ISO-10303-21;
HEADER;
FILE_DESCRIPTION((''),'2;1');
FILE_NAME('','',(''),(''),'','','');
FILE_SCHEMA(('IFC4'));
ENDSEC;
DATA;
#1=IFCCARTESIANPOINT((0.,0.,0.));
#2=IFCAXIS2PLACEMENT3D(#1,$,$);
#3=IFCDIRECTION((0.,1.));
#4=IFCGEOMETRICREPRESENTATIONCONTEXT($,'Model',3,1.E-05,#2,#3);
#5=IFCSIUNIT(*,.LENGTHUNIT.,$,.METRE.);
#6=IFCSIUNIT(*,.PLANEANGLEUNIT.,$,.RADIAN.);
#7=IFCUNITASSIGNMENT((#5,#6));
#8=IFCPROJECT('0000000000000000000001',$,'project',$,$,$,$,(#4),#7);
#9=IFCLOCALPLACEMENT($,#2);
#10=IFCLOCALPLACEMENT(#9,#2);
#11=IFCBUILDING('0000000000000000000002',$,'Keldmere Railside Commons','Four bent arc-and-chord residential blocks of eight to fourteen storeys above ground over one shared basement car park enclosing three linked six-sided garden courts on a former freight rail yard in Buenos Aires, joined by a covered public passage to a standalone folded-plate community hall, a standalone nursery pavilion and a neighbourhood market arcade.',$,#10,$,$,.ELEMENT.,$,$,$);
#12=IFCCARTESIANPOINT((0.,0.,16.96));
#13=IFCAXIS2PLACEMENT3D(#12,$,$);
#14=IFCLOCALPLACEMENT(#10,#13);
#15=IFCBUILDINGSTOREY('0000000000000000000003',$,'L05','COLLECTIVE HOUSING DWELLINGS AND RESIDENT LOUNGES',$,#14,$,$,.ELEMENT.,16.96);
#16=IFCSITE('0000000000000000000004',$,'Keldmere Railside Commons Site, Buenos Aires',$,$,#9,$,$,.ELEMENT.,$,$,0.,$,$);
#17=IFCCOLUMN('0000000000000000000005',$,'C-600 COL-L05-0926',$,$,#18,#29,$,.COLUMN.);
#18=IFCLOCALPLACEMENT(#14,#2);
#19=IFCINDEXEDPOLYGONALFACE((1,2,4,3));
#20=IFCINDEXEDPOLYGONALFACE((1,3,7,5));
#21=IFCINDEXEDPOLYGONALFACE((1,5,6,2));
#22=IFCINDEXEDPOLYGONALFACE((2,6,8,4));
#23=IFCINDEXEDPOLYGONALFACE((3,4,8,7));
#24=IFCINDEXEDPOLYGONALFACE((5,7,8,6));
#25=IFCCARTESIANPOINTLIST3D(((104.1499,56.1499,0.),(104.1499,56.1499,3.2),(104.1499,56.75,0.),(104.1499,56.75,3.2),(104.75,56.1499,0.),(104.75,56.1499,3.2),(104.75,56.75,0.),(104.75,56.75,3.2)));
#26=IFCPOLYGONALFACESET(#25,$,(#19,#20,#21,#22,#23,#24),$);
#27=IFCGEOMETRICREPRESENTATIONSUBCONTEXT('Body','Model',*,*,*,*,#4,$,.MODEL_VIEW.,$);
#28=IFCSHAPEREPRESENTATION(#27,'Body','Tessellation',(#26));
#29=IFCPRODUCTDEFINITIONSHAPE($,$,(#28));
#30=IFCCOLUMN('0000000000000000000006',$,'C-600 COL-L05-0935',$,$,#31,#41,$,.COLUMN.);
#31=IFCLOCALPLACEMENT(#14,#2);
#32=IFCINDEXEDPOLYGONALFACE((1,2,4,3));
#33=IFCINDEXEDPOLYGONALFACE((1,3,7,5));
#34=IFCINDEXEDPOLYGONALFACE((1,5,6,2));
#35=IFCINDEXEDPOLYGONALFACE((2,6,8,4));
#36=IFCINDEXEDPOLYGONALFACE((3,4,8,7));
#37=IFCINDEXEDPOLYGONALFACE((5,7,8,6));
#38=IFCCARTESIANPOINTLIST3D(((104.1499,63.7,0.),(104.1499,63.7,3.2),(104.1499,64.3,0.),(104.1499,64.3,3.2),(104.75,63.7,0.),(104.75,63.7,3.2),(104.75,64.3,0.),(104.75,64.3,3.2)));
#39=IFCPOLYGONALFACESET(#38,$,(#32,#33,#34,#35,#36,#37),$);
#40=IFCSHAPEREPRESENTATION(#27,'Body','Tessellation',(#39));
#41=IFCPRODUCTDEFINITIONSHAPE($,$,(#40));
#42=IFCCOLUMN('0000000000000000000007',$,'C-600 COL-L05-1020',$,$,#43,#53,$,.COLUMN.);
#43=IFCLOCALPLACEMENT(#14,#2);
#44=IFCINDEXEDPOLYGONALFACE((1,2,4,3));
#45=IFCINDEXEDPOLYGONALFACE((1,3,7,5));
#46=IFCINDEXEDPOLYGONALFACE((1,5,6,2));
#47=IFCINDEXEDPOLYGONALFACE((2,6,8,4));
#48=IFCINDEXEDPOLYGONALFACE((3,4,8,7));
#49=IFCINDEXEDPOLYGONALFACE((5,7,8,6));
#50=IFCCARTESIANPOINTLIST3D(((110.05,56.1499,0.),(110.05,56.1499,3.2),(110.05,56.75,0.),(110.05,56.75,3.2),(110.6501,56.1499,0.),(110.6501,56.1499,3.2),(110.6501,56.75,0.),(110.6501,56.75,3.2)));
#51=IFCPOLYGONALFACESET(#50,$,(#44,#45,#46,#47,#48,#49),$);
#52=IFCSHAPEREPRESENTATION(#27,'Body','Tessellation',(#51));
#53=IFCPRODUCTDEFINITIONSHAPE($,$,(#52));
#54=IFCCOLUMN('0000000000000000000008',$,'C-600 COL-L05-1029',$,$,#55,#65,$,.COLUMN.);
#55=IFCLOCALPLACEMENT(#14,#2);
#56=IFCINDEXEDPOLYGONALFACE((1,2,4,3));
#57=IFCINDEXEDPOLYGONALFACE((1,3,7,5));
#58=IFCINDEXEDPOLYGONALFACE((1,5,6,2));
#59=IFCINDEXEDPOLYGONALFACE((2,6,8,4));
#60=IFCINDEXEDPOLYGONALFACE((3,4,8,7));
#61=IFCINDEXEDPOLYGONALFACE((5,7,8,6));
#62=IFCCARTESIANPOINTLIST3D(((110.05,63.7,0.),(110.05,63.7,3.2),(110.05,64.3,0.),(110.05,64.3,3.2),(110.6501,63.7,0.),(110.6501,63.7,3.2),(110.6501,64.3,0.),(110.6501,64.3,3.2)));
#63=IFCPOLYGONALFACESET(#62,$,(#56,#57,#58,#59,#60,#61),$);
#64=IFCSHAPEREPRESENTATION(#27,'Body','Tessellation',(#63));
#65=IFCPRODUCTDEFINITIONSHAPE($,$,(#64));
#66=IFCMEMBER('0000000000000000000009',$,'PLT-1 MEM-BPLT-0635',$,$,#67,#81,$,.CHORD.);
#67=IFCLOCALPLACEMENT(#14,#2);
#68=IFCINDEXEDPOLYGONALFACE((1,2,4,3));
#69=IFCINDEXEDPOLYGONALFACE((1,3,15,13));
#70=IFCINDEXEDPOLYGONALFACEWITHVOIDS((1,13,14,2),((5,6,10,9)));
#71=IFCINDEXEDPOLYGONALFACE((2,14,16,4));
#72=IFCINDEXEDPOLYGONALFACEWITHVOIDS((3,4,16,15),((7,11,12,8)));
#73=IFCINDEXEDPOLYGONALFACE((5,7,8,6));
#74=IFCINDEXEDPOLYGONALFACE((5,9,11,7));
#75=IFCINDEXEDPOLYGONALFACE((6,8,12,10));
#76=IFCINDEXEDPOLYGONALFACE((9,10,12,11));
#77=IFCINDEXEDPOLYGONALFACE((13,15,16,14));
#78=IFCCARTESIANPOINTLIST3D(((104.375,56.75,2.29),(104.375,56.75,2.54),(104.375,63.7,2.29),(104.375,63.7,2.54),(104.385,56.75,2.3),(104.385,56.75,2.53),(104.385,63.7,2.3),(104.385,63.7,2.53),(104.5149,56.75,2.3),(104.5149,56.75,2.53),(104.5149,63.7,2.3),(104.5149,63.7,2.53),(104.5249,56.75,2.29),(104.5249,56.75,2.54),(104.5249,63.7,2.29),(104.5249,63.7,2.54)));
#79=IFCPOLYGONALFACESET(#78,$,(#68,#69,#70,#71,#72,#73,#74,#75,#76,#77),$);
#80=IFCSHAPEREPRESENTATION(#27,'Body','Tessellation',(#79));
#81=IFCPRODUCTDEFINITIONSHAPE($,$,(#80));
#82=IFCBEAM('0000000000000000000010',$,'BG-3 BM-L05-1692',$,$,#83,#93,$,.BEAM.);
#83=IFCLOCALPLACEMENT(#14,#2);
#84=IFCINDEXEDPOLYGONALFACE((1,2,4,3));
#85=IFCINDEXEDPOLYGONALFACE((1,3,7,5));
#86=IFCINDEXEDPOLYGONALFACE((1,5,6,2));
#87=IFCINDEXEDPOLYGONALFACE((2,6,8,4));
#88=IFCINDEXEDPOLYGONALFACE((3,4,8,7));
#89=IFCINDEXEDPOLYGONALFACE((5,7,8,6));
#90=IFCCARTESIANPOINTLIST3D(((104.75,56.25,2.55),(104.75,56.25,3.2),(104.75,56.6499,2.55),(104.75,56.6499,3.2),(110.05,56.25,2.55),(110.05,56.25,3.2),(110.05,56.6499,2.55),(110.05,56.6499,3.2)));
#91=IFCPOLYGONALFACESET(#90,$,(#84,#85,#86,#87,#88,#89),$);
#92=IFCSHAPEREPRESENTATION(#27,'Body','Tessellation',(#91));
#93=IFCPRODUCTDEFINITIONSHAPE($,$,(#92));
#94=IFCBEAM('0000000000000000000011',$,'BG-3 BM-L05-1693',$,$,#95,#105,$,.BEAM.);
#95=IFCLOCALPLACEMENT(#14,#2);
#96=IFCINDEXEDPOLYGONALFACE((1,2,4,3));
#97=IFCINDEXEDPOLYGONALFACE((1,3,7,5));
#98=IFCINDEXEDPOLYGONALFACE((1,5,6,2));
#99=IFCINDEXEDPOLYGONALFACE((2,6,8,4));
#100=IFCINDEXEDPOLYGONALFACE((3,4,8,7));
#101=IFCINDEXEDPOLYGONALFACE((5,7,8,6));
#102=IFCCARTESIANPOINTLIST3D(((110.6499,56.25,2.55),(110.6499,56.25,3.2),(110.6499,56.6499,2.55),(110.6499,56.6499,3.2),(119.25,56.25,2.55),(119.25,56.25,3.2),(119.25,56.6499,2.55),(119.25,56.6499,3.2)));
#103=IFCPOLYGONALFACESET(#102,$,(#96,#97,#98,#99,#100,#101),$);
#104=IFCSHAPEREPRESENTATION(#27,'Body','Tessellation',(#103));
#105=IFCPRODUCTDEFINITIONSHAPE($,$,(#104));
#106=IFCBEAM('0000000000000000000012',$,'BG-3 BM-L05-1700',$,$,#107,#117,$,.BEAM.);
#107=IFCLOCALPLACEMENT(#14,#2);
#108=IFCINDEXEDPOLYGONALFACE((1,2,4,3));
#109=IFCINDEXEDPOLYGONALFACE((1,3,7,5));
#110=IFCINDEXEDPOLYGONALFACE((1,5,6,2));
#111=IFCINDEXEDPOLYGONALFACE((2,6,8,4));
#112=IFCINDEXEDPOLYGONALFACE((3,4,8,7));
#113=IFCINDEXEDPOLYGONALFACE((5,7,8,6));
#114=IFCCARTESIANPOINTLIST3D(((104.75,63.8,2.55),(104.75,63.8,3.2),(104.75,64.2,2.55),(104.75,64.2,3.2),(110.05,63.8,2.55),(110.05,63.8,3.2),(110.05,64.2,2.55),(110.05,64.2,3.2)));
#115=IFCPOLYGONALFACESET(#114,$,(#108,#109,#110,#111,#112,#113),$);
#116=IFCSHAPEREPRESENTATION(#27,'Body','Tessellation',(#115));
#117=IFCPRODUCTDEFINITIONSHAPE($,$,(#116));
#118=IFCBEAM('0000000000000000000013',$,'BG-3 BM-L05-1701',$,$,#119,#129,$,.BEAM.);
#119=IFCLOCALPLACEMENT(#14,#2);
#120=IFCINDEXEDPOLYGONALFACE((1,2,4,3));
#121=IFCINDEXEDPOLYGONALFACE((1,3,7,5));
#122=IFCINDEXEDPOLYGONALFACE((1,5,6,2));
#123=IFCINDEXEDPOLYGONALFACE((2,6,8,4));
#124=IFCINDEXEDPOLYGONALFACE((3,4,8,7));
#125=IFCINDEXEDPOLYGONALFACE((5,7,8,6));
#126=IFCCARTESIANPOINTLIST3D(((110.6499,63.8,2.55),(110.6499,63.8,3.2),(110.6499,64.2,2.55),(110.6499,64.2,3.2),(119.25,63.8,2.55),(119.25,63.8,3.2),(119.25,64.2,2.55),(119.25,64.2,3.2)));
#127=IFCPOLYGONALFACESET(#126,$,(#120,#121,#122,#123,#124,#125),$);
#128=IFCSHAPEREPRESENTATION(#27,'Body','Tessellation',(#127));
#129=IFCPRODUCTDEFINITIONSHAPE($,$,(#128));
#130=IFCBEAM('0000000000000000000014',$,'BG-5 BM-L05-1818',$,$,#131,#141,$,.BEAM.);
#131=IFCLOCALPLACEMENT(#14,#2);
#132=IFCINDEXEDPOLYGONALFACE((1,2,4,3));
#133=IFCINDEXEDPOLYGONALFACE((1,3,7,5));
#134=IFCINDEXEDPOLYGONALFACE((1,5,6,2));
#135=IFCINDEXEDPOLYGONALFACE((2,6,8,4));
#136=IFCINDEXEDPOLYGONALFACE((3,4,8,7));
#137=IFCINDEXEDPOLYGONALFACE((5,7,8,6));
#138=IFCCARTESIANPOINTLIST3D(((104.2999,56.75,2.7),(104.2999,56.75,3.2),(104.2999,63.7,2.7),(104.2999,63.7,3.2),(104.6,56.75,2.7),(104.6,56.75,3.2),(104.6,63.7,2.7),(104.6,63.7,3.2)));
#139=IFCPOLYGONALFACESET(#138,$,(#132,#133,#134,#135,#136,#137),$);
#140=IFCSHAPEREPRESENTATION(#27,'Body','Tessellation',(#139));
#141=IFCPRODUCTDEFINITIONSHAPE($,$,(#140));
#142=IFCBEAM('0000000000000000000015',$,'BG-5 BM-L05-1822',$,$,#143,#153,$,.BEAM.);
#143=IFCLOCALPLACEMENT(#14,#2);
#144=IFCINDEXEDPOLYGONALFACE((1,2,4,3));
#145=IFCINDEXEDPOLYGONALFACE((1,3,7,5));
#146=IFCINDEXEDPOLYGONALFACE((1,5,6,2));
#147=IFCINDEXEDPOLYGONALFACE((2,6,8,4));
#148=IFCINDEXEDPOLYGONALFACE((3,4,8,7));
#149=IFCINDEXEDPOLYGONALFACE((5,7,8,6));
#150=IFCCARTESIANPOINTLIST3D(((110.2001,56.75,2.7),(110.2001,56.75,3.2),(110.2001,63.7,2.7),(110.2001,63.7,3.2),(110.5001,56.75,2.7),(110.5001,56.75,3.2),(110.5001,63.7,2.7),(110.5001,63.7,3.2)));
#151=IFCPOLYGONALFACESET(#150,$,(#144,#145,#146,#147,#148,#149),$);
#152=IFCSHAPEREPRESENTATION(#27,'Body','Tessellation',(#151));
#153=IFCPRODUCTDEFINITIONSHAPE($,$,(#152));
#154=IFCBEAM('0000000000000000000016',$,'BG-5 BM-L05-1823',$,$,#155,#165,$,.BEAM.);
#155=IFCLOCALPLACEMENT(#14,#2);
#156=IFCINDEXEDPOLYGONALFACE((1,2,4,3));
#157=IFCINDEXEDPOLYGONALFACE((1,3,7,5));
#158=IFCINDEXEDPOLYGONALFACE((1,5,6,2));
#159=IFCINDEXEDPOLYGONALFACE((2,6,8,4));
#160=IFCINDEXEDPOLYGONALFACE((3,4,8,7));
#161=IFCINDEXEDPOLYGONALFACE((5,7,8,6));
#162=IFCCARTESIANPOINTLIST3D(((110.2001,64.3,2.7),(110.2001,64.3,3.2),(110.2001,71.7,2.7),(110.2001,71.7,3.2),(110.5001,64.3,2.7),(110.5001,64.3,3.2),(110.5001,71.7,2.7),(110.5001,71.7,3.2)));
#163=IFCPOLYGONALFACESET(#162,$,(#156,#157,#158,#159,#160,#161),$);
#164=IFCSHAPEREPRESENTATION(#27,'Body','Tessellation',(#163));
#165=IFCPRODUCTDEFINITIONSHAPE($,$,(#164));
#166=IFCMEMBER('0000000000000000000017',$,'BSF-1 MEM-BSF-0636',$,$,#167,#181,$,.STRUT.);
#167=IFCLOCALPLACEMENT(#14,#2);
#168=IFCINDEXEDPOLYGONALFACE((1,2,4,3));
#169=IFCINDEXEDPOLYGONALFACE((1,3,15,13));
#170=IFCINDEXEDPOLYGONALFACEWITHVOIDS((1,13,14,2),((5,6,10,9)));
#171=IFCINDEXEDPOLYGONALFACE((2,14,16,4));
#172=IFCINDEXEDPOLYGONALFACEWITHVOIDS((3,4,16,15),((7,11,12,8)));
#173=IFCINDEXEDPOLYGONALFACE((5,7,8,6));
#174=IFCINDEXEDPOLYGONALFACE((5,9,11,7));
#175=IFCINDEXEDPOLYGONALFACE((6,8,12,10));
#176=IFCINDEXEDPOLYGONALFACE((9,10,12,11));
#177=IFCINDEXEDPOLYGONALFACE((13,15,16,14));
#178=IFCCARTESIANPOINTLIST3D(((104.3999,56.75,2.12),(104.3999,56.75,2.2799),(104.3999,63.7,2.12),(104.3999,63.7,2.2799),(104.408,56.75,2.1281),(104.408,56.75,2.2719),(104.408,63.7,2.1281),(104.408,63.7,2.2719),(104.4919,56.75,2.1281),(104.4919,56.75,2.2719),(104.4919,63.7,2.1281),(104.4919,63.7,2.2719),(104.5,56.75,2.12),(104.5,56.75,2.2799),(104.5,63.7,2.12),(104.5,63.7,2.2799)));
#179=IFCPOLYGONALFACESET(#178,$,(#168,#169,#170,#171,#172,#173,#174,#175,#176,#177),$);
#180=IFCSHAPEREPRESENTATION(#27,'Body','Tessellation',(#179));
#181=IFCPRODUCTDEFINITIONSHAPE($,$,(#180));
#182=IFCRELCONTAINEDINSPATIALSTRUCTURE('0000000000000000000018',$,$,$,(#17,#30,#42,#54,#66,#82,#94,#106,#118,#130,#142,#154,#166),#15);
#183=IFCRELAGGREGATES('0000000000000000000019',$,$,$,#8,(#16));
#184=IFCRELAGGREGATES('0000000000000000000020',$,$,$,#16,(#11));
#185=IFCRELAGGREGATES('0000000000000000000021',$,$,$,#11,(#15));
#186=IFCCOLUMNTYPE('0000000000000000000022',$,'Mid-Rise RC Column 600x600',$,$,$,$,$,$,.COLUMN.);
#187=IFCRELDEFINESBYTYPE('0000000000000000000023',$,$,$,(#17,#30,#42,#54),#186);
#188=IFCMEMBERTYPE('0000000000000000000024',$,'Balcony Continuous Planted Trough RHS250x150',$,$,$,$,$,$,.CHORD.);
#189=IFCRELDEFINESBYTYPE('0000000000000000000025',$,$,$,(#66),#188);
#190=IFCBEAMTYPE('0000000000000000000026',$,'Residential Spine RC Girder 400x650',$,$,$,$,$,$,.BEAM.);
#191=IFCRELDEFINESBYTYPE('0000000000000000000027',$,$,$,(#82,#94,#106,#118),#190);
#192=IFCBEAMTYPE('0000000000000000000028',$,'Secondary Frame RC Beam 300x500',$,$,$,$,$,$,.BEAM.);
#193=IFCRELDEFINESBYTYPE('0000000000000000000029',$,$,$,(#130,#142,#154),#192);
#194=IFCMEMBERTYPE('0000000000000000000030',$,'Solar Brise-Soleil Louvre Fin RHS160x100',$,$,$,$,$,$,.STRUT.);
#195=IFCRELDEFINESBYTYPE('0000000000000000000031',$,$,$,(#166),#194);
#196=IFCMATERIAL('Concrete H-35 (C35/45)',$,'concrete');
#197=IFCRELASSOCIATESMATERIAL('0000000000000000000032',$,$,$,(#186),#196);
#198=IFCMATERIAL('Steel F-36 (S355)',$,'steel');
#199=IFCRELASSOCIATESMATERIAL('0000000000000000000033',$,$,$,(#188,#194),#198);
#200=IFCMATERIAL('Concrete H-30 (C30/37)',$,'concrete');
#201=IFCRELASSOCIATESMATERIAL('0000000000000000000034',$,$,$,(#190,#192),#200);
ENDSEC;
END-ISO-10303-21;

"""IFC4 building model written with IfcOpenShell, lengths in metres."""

from ifc_helpers import new_model, si_unit, direction, frame, origin, origin_2d, place, context, subcontext, project, spatial, rectangle, hollow_rectangle, extrude, material, material_profile, profile_set, type_object, element, save


model = new_model("IFC4")

# Units and contexts
model_context = context("Model", 3, precision=1e-05, world=origin(), true_north=direction((0.0, 1.0)))
body_context = subcontext(model_context, "Body", "Model", "MODEL_VIEW")
ifc_project = project(units=[si_unit("LENGTHUNIT", "METRE"), si_unit("PLANEANGLEUNIT", "RADIAN")], contexts=[model_context])

# Site, building, storey
site_placement = place(None, origin())
site = spatial("IfcSite", under=ifc_project, at=site_placement, Name="Keldmere Railside Commons Site, Buenos Aires", CompositionType="ELEMENT", RefElevation=0.0)
building_placement = place(site_placement, origin())
building = spatial("IfcBuilding", under=site, at=building_placement, Name="Keldmere Railside Commons", Description="Four bent arc-and-chord residential blocks of eight to fourteen storeys above ground over one shared basement car park enclosing three linked six-sided garden courts on a former freight rail yard in Buenos Aires, joined by a covered public passage to a standalone folded-plate community hall, a standalone nursery pavilion and a neighbourhood market arcade.", CompositionType="ELEMENT")
storey_placement = place(building_placement, frame((0.0, 0.0, 16.96)))
storey = spatial("IfcBuildingStorey", under=building, at=storey_placement, Name="L05", Description="COLLECTIVE HOUSING DWELLINGS AND RESIDENT LOUNGES", CompositionType="ELEMENT", Elevation=16.96)

# Columns
ifc_material_1 = material(Name="Concrete H-35 (C35/45)", Category="concrete")
ifc_material_profile_1 = material_profile(ifc_material_1, rectangle(XDim=0.6001, YDim=0.6001, at=origin_2d()), Name="RC-600x600")
ifc_profile_set_1 = profile_set([ifc_material_profile_1], Name="Concrete H-35 (C35/45)")
column_type = type_object("IfcColumnType", Name="Mid-Rise RC Column 600x600", PredefinedType="COLUMN", material=ifc_profile_set_1)
for number, where, z_axis, x_axis, name in (
    (1, (104.45, 56.45, 0.0), (0.0, 0.0, 1.0), (1.0, 0.0, 0.0), "C-600 COL-L05-0926"),
    (2, (104.45, 64.0, 0.0), (0.0, 0.0, 1.0), (1.0, 0.0, 0.0), "C-600 COL-L05-0935"),
    (3, (110.3501, 56.45, 0.0), (0.0, 0.0, 1.0), (1.0, 0.0, 0.0), "C-600 COL-L05-1020"),
    (4, (110.3501, 64.0, 0.0), (0.0, 0.0, 1.0), (1.0, 0.0, 0.0), "C-600 COL-L05-1029"),
):
    element("IfcColumn", number, at=place(storey_placement, frame(where, z_axis=z_axis, x_axis=x_axis)), inside=storey, type_object=column_type, Name=name, PredefinedType="COLUMN", context=body_context, shape_type="SweptSolid", body=[
        extrude(rectangle(XDim=0.6001, YDim=0.6001, at=origin_2d()), origin(), (0.0, 0.0, 1.0), 3.2),
    ])

# Member
ifc_material_2 = material(Name="Steel F-36 (S355)", Category="steel")
ifc_material_profile_2 = material_profile(ifc_material_2, hollow_rectangle(XDim=0.1499, YDim=0.25, WallThickness=0.01, at=origin_2d()), Name="RHS-250x150x10")
ifc_profile_set_2 = profile_set([ifc_material_profile_2], Name="Steel F-36 (S355)")
member_type_1 = type_object("IfcMemberType", Name="Balcony Continuous Planted Trough RHS250x150", PredefinedType="CHORD", material=ifc_profile_set_2)
member_1_placement = place(storey_placement, frame((104.45, 56.75, 2.415), z_axis=(0.0, 1.0, 0.0), x_axis=(-1.0, 0.0, 0.0)))
element("IfcMember", 5, at=member_1_placement, inside=storey, type_object=member_type_1, Name="PLT-1 MEM-BPLT-0635", PredefinedType="CHORD", context=body_context, shape_type="SweptSolid", body=[
    extrude(hollow_rectangle(XDim=0.1499, YDim=0.25, WallThickness=0.01, at=origin_2d()), origin(), (0.0, 0.0, 1.0), 6.95),
])

# Beams
ifc_material_3 = material(Name="Concrete H-30 (C30/37)", Category="concrete")
ifc_material_profile_3 = material_profile(ifc_material_3, rectangle(XDim=0.3999, YDim=0.6499, at=origin_2d()), Name="RC-400x650")
ifc_profile_set_3 = profile_set([ifc_material_profile_3], Name="Concrete H-30 (C30/37)")
beam_type_1 = type_object("IfcBeamType", Name="Residential Spine RC Girder 400x650", PredefinedType="BEAM", material=ifc_profile_set_3)
beam_1_placement = place(storey_placement, frame((104.75, 56.45, 2.875), z_axis=(1.0, 0.0, 0.0), x_axis=(0.0, 1.0, 0.0)))
element("IfcBeam", 6, at=beam_1_placement, inside=storey, type_object=beam_type_1, Name="BG-3 BM-L05-1692", PredefinedType="BEAM", context=body_context, shape_type="SweptSolid", body=[
    extrude(rectangle(XDim=0.3999, YDim=0.6499, at=origin_2d()), origin(), (0.0, 0.0, 1.0), 5.3),
])
beam_2_placement = place(storey_placement, frame((110.6499, 56.45, 2.875), z_axis=(1.0, 0.0, 0.0), x_axis=(0.0, 1.0, 0.0)))
element("IfcBeam", 7, at=beam_2_placement, inside=storey, type_object=beam_type_1, Name="BG-3 BM-L05-1693", PredefinedType="BEAM", context=body_context, shape_type="SweptSolid", body=[
    extrude(rectangle(XDim=0.3999, YDim=0.6499, at=origin_2d()), origin(), (0.0, 0.0, 1.0), 8.6001),
])
beam_3_placement = place(storey_placement, frame((104.75, 64.0, 2.875), z_axis=(1.0, 0.0, 0.0), x_axis=(0.0, 1.0, 0.0)))
element("IfcBeam", 8, at=beam_3_placement, inside=storey, type_object=beam_type_1, Name="BG-3 BM-L05-1700", PredefinedType="BEAM", context=body_context, shape_type="SweptSolid", body=[
    extrude(rectangle(XDim=0.3999, YDim=0.6499, at=origin_2d()), origin(), (0.0, 0.0, 1.0), 5.3),
])
beam_4_placement = place(storey_placement, frame((110.6499, 64.0, 2.875), z_axis=(1.0, 0.0, 0.0), x_axis=(0.0, 1.0, 0.0)))
element("IfcBeam", 9, at=beam_4_placement, inside=storey, type_object=beam_type_1, Name="BG-3 BM-L05-1701", PredefinedType="BEAM", context=body_context, shape_type="SweptSolid", body=[
    extrude(rectangle(XDim=0.3999, YDim=0.6499, at=origin_2d()), origin(), (0.0, 0.0, 1.0), 8.6001),
])
ifc_material_profile_4 = material_profile(ifc_material_3, rectangle(XDim=0.3, YDim=0.5, at=origin_2d()), Name="RC-300x500")
ifc_profile_set_4 = profile_set([ifc_material_profile_4], Name="Concrete H-30 (C30/37)")
beam_type_2 = type_object("IfcBeamType", Name="Secondary Frame RC Beam 300x500", PredefinedType="BEAM", material=ifc_profile_set_4)
for number, where, z_axis, x_axis, name in (
    (10, (104.45, 56.75, 2.95), (0.0, 1.0, 0.0), (-1.0, 0.0, 0.0), "BG-5 BM-L05-1818"),
    (11, (110.3501, 56.75, 2.95), (0.0, 1.0, 0.0), (-1.0, 0.0, 0.0), "BG-5 BM-L05-1822"),
):
    element("IfcBeam", number, at=place(storey_placement, frame(where, z_axis=z_axis, x_axis=x_axis)), inside=storey, type_object=beam_type_2, Name=name, PredefinedType="BEAM", context=body_context, shape_type="SweptSolid", body=[
        extrude(rectangle(XDim=0.3, YDim=0.5, at=origin_2d()), origin(), (0.0, 0.0, 1.0), 6.95),
    ])
beam_5_placement = place(storey_placement, frame((110.3501, 64.3, 2.95), z_axis=(0.0, 1.0, 0.0), x_axis=(-1.0, 0.0, 0.0)))
element("IfcBeam", 12, at=beam_5_placement, inside=storey, type_object=beam_type_2, Name="BG-5 BM-L05-1823", PredefinedType="BEAM", context=body_context, shape_type="SweptSolid", body=[
    extrude(rectangle(XDim=0.3, YDim=0.5, at=origin_2d()), origin(), (0.0, 0.0, 1.0), 7.3999),
])

# Member
ifc_material_profile_5 = material_profile(ifc_material_2, hollow_rectangle(XDim=0.1001, YDim=0.1599, WallThickness=0.0081, at=origin_2d()), Name="RHS-160x100x8")
ifc_profile_set_5 = profile_set([ifc_material_profile_5], Name="Steel F-36 (S355)")
member_type_2 = type_object("IfcMemberType", Name="Solar Brise-Soleil Louvre Fin RHS160x100", PredefinedType="STRUT", material=ifc_profile_set_5)
member_2_placement = place(storey_placement, frame((104.45, 56.75, 2.2), z_axis=(0.0, 1.0, 0.0), x_axis=(-1.0, 0.0, 0.0)))
element("IfcMember", 13, at=member_2_placement, inside=storey, type_object=member_type_2, Name="BSF-1 MEM-BSF-0636", PredefinedType="STRUT", context=body_context, shape_type="SweptSolid", body=[
    extrude(hollow_rectangle(XDim=0.1001, YDim=0.1599, WallThickness=0.0081, at=origin_2d()), origin(), (0.0, 0.0, 1.0), 6.95),
])

save(model, "model.ifc")
